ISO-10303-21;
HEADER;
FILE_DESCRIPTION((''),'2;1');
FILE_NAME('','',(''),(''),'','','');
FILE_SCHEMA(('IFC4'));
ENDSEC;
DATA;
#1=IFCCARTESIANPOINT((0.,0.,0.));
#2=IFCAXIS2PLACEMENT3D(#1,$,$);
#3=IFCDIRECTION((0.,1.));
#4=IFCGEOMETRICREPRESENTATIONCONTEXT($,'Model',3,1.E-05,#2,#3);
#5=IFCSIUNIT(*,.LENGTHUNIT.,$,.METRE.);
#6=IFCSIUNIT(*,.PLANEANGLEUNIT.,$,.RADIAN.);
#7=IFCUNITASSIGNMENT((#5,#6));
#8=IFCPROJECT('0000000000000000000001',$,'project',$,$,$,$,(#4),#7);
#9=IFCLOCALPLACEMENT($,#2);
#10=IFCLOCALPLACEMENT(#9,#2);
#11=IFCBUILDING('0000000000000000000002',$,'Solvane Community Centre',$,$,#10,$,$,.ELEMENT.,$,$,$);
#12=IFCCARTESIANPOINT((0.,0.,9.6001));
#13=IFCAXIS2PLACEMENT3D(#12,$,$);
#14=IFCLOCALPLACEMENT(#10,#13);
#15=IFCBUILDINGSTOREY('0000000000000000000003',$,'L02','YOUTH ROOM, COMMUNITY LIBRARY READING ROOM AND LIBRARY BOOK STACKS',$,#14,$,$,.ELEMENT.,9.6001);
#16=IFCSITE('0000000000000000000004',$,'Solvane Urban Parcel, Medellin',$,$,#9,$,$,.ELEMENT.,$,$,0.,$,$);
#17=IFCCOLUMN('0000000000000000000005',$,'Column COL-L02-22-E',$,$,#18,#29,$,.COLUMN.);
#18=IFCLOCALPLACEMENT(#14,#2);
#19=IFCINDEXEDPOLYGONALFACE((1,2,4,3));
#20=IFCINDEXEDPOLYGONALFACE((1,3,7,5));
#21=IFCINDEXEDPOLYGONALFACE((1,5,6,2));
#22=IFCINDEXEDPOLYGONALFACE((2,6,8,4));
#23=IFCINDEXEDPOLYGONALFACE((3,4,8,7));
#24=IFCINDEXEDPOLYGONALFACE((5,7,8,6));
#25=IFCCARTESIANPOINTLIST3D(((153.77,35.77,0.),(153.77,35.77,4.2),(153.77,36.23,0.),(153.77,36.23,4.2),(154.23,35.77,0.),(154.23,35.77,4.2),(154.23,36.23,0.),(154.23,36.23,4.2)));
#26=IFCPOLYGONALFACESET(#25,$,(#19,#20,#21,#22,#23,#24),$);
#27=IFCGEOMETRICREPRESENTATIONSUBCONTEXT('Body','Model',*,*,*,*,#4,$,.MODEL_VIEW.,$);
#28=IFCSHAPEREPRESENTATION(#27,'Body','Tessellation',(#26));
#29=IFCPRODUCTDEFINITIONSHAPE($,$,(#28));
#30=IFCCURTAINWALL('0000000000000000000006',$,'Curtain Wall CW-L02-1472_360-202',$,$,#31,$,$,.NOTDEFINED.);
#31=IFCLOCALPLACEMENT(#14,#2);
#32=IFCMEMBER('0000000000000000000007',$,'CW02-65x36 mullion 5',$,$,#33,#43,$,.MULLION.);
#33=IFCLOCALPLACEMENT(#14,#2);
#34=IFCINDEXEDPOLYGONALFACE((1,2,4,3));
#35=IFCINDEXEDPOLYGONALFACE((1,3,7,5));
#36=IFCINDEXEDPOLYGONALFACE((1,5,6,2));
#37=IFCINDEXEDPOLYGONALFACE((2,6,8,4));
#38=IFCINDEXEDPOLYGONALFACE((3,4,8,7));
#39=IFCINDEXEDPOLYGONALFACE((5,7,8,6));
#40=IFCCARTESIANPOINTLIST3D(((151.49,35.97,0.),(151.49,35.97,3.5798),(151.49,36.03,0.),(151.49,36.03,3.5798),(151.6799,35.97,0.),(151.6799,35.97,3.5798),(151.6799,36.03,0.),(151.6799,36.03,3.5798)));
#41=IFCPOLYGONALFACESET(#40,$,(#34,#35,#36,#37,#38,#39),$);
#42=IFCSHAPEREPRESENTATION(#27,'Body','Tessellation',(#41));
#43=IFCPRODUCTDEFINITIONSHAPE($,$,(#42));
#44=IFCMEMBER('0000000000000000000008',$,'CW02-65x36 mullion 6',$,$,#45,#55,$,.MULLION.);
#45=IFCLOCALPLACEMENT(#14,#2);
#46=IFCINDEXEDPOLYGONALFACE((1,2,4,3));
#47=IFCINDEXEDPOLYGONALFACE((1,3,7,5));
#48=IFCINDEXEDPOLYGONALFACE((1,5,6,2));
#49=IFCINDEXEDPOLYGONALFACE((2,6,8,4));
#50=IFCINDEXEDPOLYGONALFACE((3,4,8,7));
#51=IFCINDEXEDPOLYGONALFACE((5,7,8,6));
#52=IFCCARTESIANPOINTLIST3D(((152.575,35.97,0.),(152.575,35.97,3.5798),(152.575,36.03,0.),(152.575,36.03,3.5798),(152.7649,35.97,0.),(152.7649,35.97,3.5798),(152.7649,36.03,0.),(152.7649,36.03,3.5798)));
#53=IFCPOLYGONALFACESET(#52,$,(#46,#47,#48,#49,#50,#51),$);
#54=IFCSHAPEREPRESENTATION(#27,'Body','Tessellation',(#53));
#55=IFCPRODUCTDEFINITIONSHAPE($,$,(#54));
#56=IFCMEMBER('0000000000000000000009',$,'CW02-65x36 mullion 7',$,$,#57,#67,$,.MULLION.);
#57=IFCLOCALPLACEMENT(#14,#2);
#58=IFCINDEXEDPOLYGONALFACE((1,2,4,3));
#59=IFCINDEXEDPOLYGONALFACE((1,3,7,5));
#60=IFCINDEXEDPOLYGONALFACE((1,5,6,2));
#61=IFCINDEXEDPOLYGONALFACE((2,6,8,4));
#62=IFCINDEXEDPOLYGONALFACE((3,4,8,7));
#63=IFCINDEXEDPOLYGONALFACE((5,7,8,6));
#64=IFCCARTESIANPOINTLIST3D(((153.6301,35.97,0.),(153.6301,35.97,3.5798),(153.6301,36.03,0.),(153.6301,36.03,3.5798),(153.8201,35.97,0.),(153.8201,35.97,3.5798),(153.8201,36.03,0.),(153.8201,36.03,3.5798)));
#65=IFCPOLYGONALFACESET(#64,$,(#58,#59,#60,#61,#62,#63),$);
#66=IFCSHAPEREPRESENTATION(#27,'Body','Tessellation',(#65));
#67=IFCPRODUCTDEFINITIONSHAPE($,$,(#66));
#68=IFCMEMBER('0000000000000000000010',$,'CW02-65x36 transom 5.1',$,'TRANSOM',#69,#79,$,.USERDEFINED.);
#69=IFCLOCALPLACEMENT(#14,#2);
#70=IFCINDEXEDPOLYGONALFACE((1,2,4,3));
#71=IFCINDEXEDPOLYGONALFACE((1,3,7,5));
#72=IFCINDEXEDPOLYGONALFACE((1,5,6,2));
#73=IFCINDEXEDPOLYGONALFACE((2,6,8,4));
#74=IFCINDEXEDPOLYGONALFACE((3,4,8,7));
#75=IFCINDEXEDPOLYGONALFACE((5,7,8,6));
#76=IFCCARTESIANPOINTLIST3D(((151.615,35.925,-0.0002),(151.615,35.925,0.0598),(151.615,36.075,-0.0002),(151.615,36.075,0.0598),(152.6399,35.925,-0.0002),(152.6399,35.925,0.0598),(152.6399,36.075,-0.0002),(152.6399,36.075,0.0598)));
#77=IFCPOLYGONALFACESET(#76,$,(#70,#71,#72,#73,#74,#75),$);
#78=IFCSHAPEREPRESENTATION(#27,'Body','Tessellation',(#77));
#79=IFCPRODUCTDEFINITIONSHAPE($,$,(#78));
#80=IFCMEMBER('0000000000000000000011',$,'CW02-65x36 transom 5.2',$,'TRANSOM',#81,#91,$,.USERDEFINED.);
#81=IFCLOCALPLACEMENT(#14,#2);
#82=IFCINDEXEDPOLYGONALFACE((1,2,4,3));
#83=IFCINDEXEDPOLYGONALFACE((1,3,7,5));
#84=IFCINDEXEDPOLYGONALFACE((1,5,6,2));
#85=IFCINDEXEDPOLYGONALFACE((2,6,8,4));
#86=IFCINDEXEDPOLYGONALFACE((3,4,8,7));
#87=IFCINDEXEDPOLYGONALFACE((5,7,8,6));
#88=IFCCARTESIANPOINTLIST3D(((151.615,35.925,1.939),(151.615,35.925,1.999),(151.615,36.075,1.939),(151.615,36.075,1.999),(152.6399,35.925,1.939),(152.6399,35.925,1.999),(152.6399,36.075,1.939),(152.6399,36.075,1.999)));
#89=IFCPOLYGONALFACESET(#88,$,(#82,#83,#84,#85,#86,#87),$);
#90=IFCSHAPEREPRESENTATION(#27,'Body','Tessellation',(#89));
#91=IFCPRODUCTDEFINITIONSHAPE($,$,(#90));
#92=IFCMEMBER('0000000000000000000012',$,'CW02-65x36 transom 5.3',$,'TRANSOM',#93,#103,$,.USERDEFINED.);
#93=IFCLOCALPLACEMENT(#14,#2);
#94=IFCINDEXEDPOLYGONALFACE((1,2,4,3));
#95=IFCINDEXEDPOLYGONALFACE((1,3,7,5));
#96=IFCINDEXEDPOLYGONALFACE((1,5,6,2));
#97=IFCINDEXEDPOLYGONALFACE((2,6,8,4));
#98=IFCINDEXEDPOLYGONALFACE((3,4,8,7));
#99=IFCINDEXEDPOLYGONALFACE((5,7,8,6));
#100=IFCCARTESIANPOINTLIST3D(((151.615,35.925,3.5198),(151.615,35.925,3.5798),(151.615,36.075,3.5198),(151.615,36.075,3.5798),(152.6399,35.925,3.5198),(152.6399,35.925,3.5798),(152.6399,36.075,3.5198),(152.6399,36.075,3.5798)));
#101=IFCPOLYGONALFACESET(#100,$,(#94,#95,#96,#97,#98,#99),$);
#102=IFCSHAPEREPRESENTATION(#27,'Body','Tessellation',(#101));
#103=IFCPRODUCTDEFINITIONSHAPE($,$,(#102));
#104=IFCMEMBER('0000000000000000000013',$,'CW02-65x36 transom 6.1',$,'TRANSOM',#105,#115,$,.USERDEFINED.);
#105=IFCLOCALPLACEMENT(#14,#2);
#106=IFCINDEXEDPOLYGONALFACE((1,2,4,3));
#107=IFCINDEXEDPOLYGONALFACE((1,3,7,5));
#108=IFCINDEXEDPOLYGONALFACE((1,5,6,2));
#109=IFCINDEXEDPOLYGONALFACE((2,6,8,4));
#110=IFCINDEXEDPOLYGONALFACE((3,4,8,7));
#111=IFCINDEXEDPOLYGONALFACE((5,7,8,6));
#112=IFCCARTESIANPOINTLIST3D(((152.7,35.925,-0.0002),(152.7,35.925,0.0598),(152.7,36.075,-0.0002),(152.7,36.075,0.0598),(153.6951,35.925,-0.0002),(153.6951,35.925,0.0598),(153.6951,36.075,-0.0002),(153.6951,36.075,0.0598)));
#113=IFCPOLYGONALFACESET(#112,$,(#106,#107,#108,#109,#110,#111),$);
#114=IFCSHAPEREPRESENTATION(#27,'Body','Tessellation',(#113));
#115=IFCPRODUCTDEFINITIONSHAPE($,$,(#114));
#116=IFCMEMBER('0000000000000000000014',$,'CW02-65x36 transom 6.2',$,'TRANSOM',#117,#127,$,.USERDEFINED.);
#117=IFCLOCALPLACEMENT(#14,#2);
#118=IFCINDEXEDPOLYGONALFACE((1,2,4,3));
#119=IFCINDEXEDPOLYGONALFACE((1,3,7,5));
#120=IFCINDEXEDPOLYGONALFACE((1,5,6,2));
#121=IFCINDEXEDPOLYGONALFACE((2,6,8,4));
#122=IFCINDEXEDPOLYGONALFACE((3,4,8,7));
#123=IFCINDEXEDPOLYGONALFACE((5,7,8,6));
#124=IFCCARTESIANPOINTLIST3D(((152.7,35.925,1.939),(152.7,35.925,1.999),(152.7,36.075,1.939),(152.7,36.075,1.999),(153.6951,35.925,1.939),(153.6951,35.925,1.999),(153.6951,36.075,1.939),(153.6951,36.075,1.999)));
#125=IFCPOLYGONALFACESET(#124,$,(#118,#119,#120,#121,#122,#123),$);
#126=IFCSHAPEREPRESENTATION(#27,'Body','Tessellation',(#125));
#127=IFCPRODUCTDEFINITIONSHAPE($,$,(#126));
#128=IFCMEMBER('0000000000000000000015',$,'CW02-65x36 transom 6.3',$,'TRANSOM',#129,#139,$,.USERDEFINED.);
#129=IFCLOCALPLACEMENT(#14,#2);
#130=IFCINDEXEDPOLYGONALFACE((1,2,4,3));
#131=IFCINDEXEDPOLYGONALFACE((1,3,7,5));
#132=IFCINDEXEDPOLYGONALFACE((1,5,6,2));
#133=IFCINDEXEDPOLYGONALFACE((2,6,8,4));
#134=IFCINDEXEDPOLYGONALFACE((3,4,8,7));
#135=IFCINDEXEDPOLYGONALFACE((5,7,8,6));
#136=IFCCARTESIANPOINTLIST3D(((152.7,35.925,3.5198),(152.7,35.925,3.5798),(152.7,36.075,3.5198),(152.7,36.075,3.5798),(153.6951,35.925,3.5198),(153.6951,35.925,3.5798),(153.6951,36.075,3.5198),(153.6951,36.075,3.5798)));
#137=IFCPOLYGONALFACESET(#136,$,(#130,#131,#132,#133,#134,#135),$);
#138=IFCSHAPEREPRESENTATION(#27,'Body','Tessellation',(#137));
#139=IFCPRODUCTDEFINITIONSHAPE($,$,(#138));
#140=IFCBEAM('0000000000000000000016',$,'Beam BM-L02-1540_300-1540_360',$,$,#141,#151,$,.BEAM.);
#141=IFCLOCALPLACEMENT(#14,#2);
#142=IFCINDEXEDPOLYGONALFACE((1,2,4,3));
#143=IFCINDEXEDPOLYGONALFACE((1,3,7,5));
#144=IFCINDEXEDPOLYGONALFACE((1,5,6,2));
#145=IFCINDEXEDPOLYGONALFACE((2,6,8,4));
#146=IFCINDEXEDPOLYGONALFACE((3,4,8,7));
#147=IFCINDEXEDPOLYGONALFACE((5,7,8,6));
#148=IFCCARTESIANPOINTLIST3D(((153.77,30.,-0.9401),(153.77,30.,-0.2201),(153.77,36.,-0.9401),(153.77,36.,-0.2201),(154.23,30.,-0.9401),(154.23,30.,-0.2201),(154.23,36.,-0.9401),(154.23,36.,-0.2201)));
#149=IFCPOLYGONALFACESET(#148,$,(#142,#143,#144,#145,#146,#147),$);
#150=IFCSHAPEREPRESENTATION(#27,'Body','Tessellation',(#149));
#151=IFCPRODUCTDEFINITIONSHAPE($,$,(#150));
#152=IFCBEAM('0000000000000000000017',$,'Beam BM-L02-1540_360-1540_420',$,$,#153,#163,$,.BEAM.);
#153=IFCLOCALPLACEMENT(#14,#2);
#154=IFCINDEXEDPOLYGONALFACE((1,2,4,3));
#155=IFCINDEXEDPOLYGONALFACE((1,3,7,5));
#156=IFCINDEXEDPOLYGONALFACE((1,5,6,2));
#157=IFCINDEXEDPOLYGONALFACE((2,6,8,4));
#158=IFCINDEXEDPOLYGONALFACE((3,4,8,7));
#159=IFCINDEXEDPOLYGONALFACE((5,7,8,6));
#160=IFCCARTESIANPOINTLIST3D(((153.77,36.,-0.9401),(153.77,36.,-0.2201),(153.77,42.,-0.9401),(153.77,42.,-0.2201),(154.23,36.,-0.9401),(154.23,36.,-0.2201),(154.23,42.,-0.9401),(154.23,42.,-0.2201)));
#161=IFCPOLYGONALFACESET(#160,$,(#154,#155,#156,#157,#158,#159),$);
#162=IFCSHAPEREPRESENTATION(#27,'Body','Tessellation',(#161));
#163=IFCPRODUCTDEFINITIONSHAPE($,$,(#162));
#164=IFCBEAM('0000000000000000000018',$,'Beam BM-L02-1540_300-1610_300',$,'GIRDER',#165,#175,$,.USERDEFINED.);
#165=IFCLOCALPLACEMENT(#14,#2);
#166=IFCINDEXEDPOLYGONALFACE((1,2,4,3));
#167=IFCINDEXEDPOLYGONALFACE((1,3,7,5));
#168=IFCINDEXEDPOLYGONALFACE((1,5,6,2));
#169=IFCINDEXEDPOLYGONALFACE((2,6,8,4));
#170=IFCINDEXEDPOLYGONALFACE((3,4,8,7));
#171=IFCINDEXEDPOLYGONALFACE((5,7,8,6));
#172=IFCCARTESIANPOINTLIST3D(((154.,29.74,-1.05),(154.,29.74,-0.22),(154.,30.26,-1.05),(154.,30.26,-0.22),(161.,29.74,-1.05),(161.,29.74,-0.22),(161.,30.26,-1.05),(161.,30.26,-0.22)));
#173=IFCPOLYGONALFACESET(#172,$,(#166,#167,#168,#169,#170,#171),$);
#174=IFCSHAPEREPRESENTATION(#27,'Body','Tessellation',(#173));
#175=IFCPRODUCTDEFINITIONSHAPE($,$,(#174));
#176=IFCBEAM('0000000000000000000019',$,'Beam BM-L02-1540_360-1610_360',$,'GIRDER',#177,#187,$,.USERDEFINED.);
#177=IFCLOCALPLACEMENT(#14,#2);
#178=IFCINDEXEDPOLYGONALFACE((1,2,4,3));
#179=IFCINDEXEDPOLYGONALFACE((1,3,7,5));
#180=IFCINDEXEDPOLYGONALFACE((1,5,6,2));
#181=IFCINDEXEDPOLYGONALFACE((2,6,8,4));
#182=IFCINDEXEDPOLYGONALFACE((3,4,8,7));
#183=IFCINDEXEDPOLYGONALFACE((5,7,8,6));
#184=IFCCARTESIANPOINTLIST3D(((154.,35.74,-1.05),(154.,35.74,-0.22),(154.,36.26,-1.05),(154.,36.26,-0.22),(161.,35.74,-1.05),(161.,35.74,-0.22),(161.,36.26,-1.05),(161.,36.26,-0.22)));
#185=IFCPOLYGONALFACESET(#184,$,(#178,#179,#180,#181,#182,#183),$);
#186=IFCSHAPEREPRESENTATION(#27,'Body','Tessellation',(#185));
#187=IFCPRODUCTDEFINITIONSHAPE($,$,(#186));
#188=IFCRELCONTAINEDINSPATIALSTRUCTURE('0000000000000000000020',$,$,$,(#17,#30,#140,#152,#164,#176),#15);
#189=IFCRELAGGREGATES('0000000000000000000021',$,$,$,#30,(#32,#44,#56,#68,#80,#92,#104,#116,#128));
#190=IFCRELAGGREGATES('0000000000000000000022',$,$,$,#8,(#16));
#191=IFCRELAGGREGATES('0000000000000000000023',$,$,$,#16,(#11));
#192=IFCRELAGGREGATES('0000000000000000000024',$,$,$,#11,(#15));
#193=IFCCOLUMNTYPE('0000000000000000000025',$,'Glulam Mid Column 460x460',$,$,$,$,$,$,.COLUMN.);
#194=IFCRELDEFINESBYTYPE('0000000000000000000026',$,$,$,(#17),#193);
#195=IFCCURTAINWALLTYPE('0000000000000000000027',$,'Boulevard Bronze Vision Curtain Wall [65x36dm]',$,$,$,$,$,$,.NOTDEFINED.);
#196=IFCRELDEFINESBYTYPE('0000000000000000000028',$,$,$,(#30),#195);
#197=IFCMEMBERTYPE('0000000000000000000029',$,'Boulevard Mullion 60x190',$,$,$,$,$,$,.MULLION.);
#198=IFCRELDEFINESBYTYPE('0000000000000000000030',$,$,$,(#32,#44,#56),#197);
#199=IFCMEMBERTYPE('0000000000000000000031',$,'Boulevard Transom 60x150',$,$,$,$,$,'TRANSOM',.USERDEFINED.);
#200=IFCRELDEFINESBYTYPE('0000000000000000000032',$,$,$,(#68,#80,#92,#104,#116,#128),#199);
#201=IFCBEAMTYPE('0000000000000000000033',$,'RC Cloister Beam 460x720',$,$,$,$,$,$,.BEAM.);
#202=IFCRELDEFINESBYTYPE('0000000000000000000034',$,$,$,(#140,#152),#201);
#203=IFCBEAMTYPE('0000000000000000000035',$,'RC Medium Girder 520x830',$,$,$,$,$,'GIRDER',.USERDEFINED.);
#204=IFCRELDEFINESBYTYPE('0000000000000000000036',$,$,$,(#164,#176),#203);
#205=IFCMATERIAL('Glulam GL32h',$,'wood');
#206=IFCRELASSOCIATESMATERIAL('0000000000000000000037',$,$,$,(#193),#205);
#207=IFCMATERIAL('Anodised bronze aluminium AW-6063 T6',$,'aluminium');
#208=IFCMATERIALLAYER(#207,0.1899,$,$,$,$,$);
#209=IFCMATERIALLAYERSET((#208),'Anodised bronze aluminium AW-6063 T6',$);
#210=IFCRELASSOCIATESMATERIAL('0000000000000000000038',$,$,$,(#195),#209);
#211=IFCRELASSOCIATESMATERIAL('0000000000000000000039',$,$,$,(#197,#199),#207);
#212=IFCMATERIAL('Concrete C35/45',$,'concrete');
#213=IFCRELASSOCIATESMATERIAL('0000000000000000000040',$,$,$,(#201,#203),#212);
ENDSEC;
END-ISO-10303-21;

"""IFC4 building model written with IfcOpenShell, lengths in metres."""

from ifc_helpers import new_model, si_unit, direction, frame, origin, origin_2d, place, context, subcontext, project, spatial, rectangle, extrude, material, layer, layer_set, material_profile, profile_set, type_object, element, aggregate, save


model = new_model("IFC4")

# Units and contexts
model_context = context("Model", 3, precision=1e-05, world=origin(), true_north=direction((0.0, 1.0)))
body_context = subcontext(model_context, "Body", "Model", "MODEL_VIEW")
ifc_project = project(units=[si_unit("LENGTHUNIT", "METRE"), si_unit("PLANEANGLEUNIT", "RADIAN")], contexts=[model_context])

# Site, building, storey
site_placement = place(None, origin())
site = spatial("IfcSite", under=ifc_project, at=site_placement, Name="Solvane Urban Parcel, Medellin", CompositionType="ELEMENT", RefElevation=0.0)
building_placement = place(site_placement, origin())
building = spatial("IfcBuilding", under=site, at=building_placement, Name="Solvane Community Centre", CompositionType="ELEMENT")
storey_placement = place(building_placement, frame((0.0, 0.0, 9.6001)))
storey = spatial("IfcBuildingStorey", under=building, at=storey_placement, Name="L02", Description="YOUTH ROOM, COMMUNITY LIBRARY READING ROOM AND LIBRARY BOOK STACKS", CompositionType="ELEMENT", Elevation=9.6001)

# Column
ifc_material_1 = material(Name="Glulam GL32h", Category="wood")
ifc_material_profile_1 = material_profile(ifc_material_1, rectangle(XDim=0.46, YDim=0.46, at=origin_2d()), Name="GL32h 460x460")
ifc_profile_set_1 = profile_set([ifc_material_profile_1], Name="Glulam GL32h")
column_type = type_object("IfcColumnType", Name="Glulam Mid Column 460x460", PredefinedType="COLUMN", material=ifc_profile_set_1)
column_placement = place(storey_placement, frame((154.0, 36.0, 0.0), z_axis=(0.0, 0.0, 1.0), x_axis=(1.0, 0.0, 0.0)))
element("IfcColumn", 1, at=column_placement, inside=storey, type_object=column_type, Name="Column COL-L02-22-E", PredefinedType="COLUMN", context=body_context, shape_type="SweptSolid", body=[
    extrude(rectangle(XDim=0.46, YDim=0.46, at=origin_2d()), origin(), (0.0, 0.0, 1.0), 4.2),
])

# Curtain wall, members
ifc_material_2 = material(Name="Anodised bronze aluminium AW-6063 T6", Category="aluminium")
ifc_layer_1 = layer(ifc_material_2, 0.1899)
ifc_layer_set_1 = layer_set([ifc_layer_1], Name="Anodised bronze aluminium AW-6063 T6")
curtain_wall_type = type_object("IfcCurtainWallType", Name="Boulevard Bronze Vision Curtain Wall [65x36dm]", PredefinedType="NOTDEFINED", material=ifc_layer_set_1)
curtain_wall_placement = place(storey_placement, origin())
curtain_wall = element("IfcCurtainWall", 2, at=curtain_wall_placement, inside=storey, type_object=curtain_wall_type, Name="Curtain Wall CW-L02-1472_360-202", PredefinedType="NOTDEFINED")
ifc_material_profile_2 = material_profile(ifc_material_2, rectangle(XDim=0.0601, YDim=0.1899, at=origin_2d()), Name="CW-M 60x190")
ifc_profile_set_2 = profile_set([ifc_material_profile_2], Name="Anodised bronze aluminium AW-6063 T6")
member_type_1 = type_object("IfcMemberType", Name="Boulevard Mullion 60x190", PredefinedType="MULLION", material=ifc_profile_set_2)
member_1_placement = place(storey_placement, frame((151.585, 36.0, 0.0), z_axis=(0.0, 0.0, 1.0), x_axis=(0.0, 1.0, 0.0)))
member_1 = element("IfcMember", 3, at=member_1_placement, type_object=member_type_1, Name="CW02-65x36 mullion 5", PredefinedType="MULLION", context=body_context, shape_type="SweptSolid", body=[
    extrude(rectangle(XDim=0.0601, YDim=0.1899, at=origin_2d()), origin(), (0.0, 0.0, 1.0), 3.5798),
])
member_2_placement = place(storey_placement, frame((152.6699, 36.0, 0.0), z_axis=(0.0, 0.0, 1.0), x_axis=(0.0, 1.0, 0.0)))
member_2 = element("IfcMember", 4, at=member_2_placement, type_object=member_type_1, Name="CW02-65x36 mullion 6", PredefinedType="MULLION", context=body_context, shape_type="SweptSolid", body=[
    extrude(rectangle(XDim=0.0601, YDim=0.1899, at=origin_2d()), origin(), (0.0, 0.0, 1.0), 3.5798),
])
member_3_placement = place(storey_placement, frame((153.7251, 36.0, 0.0), z_axis=(0.0, 0.0, 1.0), x_axis=(0.0, 1.0, 0.0)))
member_3 = element("IfcMember", 5, at=member_3_placement, type_object=member_type_1, Name="CW02-65x36 mullion 7", PredefinedType="MULLION", context=body_context, shape_type="SweptSolid", body=[
    extrude(rectangle(XDim=0.0601, YDim=0.1899, at=origin_2d()), origin(), (0.0, 0.0, 1.0), 3.5798),
])
ifc_material_profile_3 = material_profile(ifc_material_2, rectangle(XDim=0.1499, YDim=0.0601, at=origin_2d()), Name="CW-T 60x150")
ifc_profile_set_3 = profile_set([ifc_material_profile_3], Name="Anodised bronze aluminium AW-6063 T6")
member_type_2 = type_object("IfcMemberType", Name="Boulevard Transom 60x150", ElementType="TRANSOM", PredefinedType="USERDEFINED", material=ifc_profile_set_3)
member_4_placement = place(storey_placement, frame((151.615, 36.0, 0.0298), z_axis=(1.0, 0.0, 0.0), x_axis=(0.0, 1.0, 0.0)))
member_4 = element("IfcMember", 6, at=member_4_placement, type_object=member_type_2, Name="CW02-65x36 transom 5.1", ObjectType="TRANSOM", PredefinedType="USERDEFINED", context=body_context, shape_type="SweptSolid", body=[
    extrude(rectangle(XDim=0.1499, YDim=0.0601, at=origin_2d()), origin(), (0.0, 0.0, 1.0), 1.0249),
])
member_5_placement = place(storey_placement, frame((151.615, 36.0, 1.969), z_axis=(1.0, 0.0, 0.0), x_axis=(0.0, 1.0, 0.0)))
member_5 = element("IfcMember", 7, at=member_5_placement, type_object=member_type_2, Name="CW02-65x36 transom 5.2", ObjectType="TRANSOM", PredefinedType="USERDEFINED", context=body_context, shape_type="SweptSolid", body=[
    extrude(rectangle(XDim=0.1499, YDim=0.0601, at=origin_2d()), origin(), (0.0, 0.0, 1.0), 1.0249),
])
member_6_placement = place(storey_placement, frame((151.615, 36.0, 3.5498), z_axis=(1.0, 0.0, 0.0), x_axis=(0.0, 1.0, 0.0)))
member_6 = element("IfcMember", 8, at=member_6_placement, type_object=member_type_2, Name="CW02-65x36 transom 5.3", ObjectType="TRANSOM", PredefinedType="USERDEFINED", context=body_context, shape_type="SweptSolid", body=[
    extrude(rectangle(XDim=0.1499, YDim=0.0601, at=origin_2d()), origin(), (0.0, 0.0, 1.0), 1.0249),
])
member_7_placement = place(storey_placement, frame((152.7, 36.0, 0.0298), z_axis=(1.0, 0.0, 0.0), x_axis=(0.0, 1.0, 0.0)))
member_7 = element("IfcMember", 9, at=member_7_placement, type_object=member_type_2, Name="CW02-65x36 transom 6.1", ObjectType="TRANSOM", PredefinedType="USERDEFINED", context=body_context, shape_type="SweptSolid", body=[
    extrude(rectangle(XDim=0.1499, YDim=0.0601, at=origin_2d()), origin(), (0.0, 0.0, 1.0), 0.9951),
])
member_8_placement = place(storey_placement, frame((152.7, 36.0, 1.969), z_axis=(1.0, 0.0, 0.0), x_axis=(0.0, 1.0, 0.0)))
member_8 = element("IfcMember", 10, at=member_8_placement, type_object=member_type_2, Name="CW02-65x36 transom 6.2", ObjectType="TRANSOM", PredefinedType="USERDEFINED", context=body_context, shape_type="SweptSolid", body=[
    extrude(rectangle(XDim=0.1499, YDim=0.0601, at=origin_2d()), origin(), (0.0, 0.0, 1.0), 0.9951),
])
member_9_placement = place(storey_placement, frame((152.7, 36.0, 3.5498), z_axis=(1.0, 0.0, 0.0), x_axis=(0.0, 1.0, 0.0)))
member_9 = element("IfcMember", 11, at=member_9_placement, type_object=member_type_2, Name="CW02-65x36 transom 6.3", ObjectType="TRANSOM", PredefinedType="USERDEFINED", context=body_context, shape_type="SweptSolid", body=[
    extrude(rectangle(XDim=0.1499, YDim=0.0601, at=origin_2d()), origin(), (0.0, 0.0, 1.0), 0.9951),
])

# Beams
ifc_material_3 = material(Name="Concrete C35/45", Category="concrete")
ifc_material_profile_4 = material_profile(ifc_material_3, rectangle(XDim=0.46, YDim=0.72, at=origin_2d()), Name="RC 460x720")
ifc_profile_set_4 = profile_set([ifc_material_profile_4], Name="Concrete C35/45")
beam_type_1 = type_object("IfcBeamType", Name="RC Cloister Beam 460x720", PredefinedType="BEAM", material=ifc_profile_set_4)
for number, where, z_axis, x_axis, name in (
    (12, (154.0, 30.0, -0.5801), (0.0, 1.0, 0.0), (-1.0, 0.0, 0.0), "Beam BM-L02-1540_300-1540_360"),
    (13, (154.0, 36.0, -0.5801), (0.0, 1.0, 0.0), (-1.0, 0.0, 0.0), "Beam BM-L02-1540_360-1540_420"),
):
    element("IfcBeam", number, at=place(storey_placement, frame(where, z_axis=z_axis, x_axis=x_axis)), inside=storey, type_object=beam_type_1, Name=name, PredefinedType="BEAM", context=body_context, shape_type="SweptSolid", body=[
        extrude(rectangle(XDim=0.46, YDim=0.72, at=origin_2d()), origin(), (0.0, 0.0, 1.0), 6.0),
    ])
ifc_material_profile_5 = material_profile(ifc_material_3, rectangle(XDim=0.52, YDim=0.8301, at=origin_2d()), Name="RC 520x830")
ifc_profile_set_5 = profile_set([ifc_material_profile_5], Name="Concrete C35/45")
beam_type_2 = type_object("IfcBeamType", Name="RC Medium Girder 520x830", ElementType="GIRDER", PredefinedType="USERDEFINED", material=ifc_profile_set_5)
for number, where, z_axis, x_axis, name in (
    (14, (154.0, 30.0, -0.635), (1.0, 0.0, 0.0), (0.0, 1.0, 0.0), "Beam BM-L02-1540_300-1610_300"),
    (15, (154.0, 36.0, -0.635), (1.0, 0.0, 0.0), (0.0, 1.0, 0.0), "Beam BM-L02-1540_360-1610_360"),
):
    element("IfcBeam", number, at=place(storey_placement, frame(where, z_axis=z_axis, x_axis=x_axis)), inside=storey, type_object=beam_type_2, Name=name, ObjectType="GIRDER", PredefinedType="USERDEFINED", context=body_context, shape_type="SweptSolid", body=[
        extrude(rectangle(XDim=0.52, YDim=0.8301, at=origin_2d()), origin(), (0.0, 0.0, 1.0), 7.0),
    ])

aggregate(curtain_wall, [member_1, member_2, member_3, member_4, member_5, member_6, member_7, member_8, member_9])

save(model, "model.ifc")
